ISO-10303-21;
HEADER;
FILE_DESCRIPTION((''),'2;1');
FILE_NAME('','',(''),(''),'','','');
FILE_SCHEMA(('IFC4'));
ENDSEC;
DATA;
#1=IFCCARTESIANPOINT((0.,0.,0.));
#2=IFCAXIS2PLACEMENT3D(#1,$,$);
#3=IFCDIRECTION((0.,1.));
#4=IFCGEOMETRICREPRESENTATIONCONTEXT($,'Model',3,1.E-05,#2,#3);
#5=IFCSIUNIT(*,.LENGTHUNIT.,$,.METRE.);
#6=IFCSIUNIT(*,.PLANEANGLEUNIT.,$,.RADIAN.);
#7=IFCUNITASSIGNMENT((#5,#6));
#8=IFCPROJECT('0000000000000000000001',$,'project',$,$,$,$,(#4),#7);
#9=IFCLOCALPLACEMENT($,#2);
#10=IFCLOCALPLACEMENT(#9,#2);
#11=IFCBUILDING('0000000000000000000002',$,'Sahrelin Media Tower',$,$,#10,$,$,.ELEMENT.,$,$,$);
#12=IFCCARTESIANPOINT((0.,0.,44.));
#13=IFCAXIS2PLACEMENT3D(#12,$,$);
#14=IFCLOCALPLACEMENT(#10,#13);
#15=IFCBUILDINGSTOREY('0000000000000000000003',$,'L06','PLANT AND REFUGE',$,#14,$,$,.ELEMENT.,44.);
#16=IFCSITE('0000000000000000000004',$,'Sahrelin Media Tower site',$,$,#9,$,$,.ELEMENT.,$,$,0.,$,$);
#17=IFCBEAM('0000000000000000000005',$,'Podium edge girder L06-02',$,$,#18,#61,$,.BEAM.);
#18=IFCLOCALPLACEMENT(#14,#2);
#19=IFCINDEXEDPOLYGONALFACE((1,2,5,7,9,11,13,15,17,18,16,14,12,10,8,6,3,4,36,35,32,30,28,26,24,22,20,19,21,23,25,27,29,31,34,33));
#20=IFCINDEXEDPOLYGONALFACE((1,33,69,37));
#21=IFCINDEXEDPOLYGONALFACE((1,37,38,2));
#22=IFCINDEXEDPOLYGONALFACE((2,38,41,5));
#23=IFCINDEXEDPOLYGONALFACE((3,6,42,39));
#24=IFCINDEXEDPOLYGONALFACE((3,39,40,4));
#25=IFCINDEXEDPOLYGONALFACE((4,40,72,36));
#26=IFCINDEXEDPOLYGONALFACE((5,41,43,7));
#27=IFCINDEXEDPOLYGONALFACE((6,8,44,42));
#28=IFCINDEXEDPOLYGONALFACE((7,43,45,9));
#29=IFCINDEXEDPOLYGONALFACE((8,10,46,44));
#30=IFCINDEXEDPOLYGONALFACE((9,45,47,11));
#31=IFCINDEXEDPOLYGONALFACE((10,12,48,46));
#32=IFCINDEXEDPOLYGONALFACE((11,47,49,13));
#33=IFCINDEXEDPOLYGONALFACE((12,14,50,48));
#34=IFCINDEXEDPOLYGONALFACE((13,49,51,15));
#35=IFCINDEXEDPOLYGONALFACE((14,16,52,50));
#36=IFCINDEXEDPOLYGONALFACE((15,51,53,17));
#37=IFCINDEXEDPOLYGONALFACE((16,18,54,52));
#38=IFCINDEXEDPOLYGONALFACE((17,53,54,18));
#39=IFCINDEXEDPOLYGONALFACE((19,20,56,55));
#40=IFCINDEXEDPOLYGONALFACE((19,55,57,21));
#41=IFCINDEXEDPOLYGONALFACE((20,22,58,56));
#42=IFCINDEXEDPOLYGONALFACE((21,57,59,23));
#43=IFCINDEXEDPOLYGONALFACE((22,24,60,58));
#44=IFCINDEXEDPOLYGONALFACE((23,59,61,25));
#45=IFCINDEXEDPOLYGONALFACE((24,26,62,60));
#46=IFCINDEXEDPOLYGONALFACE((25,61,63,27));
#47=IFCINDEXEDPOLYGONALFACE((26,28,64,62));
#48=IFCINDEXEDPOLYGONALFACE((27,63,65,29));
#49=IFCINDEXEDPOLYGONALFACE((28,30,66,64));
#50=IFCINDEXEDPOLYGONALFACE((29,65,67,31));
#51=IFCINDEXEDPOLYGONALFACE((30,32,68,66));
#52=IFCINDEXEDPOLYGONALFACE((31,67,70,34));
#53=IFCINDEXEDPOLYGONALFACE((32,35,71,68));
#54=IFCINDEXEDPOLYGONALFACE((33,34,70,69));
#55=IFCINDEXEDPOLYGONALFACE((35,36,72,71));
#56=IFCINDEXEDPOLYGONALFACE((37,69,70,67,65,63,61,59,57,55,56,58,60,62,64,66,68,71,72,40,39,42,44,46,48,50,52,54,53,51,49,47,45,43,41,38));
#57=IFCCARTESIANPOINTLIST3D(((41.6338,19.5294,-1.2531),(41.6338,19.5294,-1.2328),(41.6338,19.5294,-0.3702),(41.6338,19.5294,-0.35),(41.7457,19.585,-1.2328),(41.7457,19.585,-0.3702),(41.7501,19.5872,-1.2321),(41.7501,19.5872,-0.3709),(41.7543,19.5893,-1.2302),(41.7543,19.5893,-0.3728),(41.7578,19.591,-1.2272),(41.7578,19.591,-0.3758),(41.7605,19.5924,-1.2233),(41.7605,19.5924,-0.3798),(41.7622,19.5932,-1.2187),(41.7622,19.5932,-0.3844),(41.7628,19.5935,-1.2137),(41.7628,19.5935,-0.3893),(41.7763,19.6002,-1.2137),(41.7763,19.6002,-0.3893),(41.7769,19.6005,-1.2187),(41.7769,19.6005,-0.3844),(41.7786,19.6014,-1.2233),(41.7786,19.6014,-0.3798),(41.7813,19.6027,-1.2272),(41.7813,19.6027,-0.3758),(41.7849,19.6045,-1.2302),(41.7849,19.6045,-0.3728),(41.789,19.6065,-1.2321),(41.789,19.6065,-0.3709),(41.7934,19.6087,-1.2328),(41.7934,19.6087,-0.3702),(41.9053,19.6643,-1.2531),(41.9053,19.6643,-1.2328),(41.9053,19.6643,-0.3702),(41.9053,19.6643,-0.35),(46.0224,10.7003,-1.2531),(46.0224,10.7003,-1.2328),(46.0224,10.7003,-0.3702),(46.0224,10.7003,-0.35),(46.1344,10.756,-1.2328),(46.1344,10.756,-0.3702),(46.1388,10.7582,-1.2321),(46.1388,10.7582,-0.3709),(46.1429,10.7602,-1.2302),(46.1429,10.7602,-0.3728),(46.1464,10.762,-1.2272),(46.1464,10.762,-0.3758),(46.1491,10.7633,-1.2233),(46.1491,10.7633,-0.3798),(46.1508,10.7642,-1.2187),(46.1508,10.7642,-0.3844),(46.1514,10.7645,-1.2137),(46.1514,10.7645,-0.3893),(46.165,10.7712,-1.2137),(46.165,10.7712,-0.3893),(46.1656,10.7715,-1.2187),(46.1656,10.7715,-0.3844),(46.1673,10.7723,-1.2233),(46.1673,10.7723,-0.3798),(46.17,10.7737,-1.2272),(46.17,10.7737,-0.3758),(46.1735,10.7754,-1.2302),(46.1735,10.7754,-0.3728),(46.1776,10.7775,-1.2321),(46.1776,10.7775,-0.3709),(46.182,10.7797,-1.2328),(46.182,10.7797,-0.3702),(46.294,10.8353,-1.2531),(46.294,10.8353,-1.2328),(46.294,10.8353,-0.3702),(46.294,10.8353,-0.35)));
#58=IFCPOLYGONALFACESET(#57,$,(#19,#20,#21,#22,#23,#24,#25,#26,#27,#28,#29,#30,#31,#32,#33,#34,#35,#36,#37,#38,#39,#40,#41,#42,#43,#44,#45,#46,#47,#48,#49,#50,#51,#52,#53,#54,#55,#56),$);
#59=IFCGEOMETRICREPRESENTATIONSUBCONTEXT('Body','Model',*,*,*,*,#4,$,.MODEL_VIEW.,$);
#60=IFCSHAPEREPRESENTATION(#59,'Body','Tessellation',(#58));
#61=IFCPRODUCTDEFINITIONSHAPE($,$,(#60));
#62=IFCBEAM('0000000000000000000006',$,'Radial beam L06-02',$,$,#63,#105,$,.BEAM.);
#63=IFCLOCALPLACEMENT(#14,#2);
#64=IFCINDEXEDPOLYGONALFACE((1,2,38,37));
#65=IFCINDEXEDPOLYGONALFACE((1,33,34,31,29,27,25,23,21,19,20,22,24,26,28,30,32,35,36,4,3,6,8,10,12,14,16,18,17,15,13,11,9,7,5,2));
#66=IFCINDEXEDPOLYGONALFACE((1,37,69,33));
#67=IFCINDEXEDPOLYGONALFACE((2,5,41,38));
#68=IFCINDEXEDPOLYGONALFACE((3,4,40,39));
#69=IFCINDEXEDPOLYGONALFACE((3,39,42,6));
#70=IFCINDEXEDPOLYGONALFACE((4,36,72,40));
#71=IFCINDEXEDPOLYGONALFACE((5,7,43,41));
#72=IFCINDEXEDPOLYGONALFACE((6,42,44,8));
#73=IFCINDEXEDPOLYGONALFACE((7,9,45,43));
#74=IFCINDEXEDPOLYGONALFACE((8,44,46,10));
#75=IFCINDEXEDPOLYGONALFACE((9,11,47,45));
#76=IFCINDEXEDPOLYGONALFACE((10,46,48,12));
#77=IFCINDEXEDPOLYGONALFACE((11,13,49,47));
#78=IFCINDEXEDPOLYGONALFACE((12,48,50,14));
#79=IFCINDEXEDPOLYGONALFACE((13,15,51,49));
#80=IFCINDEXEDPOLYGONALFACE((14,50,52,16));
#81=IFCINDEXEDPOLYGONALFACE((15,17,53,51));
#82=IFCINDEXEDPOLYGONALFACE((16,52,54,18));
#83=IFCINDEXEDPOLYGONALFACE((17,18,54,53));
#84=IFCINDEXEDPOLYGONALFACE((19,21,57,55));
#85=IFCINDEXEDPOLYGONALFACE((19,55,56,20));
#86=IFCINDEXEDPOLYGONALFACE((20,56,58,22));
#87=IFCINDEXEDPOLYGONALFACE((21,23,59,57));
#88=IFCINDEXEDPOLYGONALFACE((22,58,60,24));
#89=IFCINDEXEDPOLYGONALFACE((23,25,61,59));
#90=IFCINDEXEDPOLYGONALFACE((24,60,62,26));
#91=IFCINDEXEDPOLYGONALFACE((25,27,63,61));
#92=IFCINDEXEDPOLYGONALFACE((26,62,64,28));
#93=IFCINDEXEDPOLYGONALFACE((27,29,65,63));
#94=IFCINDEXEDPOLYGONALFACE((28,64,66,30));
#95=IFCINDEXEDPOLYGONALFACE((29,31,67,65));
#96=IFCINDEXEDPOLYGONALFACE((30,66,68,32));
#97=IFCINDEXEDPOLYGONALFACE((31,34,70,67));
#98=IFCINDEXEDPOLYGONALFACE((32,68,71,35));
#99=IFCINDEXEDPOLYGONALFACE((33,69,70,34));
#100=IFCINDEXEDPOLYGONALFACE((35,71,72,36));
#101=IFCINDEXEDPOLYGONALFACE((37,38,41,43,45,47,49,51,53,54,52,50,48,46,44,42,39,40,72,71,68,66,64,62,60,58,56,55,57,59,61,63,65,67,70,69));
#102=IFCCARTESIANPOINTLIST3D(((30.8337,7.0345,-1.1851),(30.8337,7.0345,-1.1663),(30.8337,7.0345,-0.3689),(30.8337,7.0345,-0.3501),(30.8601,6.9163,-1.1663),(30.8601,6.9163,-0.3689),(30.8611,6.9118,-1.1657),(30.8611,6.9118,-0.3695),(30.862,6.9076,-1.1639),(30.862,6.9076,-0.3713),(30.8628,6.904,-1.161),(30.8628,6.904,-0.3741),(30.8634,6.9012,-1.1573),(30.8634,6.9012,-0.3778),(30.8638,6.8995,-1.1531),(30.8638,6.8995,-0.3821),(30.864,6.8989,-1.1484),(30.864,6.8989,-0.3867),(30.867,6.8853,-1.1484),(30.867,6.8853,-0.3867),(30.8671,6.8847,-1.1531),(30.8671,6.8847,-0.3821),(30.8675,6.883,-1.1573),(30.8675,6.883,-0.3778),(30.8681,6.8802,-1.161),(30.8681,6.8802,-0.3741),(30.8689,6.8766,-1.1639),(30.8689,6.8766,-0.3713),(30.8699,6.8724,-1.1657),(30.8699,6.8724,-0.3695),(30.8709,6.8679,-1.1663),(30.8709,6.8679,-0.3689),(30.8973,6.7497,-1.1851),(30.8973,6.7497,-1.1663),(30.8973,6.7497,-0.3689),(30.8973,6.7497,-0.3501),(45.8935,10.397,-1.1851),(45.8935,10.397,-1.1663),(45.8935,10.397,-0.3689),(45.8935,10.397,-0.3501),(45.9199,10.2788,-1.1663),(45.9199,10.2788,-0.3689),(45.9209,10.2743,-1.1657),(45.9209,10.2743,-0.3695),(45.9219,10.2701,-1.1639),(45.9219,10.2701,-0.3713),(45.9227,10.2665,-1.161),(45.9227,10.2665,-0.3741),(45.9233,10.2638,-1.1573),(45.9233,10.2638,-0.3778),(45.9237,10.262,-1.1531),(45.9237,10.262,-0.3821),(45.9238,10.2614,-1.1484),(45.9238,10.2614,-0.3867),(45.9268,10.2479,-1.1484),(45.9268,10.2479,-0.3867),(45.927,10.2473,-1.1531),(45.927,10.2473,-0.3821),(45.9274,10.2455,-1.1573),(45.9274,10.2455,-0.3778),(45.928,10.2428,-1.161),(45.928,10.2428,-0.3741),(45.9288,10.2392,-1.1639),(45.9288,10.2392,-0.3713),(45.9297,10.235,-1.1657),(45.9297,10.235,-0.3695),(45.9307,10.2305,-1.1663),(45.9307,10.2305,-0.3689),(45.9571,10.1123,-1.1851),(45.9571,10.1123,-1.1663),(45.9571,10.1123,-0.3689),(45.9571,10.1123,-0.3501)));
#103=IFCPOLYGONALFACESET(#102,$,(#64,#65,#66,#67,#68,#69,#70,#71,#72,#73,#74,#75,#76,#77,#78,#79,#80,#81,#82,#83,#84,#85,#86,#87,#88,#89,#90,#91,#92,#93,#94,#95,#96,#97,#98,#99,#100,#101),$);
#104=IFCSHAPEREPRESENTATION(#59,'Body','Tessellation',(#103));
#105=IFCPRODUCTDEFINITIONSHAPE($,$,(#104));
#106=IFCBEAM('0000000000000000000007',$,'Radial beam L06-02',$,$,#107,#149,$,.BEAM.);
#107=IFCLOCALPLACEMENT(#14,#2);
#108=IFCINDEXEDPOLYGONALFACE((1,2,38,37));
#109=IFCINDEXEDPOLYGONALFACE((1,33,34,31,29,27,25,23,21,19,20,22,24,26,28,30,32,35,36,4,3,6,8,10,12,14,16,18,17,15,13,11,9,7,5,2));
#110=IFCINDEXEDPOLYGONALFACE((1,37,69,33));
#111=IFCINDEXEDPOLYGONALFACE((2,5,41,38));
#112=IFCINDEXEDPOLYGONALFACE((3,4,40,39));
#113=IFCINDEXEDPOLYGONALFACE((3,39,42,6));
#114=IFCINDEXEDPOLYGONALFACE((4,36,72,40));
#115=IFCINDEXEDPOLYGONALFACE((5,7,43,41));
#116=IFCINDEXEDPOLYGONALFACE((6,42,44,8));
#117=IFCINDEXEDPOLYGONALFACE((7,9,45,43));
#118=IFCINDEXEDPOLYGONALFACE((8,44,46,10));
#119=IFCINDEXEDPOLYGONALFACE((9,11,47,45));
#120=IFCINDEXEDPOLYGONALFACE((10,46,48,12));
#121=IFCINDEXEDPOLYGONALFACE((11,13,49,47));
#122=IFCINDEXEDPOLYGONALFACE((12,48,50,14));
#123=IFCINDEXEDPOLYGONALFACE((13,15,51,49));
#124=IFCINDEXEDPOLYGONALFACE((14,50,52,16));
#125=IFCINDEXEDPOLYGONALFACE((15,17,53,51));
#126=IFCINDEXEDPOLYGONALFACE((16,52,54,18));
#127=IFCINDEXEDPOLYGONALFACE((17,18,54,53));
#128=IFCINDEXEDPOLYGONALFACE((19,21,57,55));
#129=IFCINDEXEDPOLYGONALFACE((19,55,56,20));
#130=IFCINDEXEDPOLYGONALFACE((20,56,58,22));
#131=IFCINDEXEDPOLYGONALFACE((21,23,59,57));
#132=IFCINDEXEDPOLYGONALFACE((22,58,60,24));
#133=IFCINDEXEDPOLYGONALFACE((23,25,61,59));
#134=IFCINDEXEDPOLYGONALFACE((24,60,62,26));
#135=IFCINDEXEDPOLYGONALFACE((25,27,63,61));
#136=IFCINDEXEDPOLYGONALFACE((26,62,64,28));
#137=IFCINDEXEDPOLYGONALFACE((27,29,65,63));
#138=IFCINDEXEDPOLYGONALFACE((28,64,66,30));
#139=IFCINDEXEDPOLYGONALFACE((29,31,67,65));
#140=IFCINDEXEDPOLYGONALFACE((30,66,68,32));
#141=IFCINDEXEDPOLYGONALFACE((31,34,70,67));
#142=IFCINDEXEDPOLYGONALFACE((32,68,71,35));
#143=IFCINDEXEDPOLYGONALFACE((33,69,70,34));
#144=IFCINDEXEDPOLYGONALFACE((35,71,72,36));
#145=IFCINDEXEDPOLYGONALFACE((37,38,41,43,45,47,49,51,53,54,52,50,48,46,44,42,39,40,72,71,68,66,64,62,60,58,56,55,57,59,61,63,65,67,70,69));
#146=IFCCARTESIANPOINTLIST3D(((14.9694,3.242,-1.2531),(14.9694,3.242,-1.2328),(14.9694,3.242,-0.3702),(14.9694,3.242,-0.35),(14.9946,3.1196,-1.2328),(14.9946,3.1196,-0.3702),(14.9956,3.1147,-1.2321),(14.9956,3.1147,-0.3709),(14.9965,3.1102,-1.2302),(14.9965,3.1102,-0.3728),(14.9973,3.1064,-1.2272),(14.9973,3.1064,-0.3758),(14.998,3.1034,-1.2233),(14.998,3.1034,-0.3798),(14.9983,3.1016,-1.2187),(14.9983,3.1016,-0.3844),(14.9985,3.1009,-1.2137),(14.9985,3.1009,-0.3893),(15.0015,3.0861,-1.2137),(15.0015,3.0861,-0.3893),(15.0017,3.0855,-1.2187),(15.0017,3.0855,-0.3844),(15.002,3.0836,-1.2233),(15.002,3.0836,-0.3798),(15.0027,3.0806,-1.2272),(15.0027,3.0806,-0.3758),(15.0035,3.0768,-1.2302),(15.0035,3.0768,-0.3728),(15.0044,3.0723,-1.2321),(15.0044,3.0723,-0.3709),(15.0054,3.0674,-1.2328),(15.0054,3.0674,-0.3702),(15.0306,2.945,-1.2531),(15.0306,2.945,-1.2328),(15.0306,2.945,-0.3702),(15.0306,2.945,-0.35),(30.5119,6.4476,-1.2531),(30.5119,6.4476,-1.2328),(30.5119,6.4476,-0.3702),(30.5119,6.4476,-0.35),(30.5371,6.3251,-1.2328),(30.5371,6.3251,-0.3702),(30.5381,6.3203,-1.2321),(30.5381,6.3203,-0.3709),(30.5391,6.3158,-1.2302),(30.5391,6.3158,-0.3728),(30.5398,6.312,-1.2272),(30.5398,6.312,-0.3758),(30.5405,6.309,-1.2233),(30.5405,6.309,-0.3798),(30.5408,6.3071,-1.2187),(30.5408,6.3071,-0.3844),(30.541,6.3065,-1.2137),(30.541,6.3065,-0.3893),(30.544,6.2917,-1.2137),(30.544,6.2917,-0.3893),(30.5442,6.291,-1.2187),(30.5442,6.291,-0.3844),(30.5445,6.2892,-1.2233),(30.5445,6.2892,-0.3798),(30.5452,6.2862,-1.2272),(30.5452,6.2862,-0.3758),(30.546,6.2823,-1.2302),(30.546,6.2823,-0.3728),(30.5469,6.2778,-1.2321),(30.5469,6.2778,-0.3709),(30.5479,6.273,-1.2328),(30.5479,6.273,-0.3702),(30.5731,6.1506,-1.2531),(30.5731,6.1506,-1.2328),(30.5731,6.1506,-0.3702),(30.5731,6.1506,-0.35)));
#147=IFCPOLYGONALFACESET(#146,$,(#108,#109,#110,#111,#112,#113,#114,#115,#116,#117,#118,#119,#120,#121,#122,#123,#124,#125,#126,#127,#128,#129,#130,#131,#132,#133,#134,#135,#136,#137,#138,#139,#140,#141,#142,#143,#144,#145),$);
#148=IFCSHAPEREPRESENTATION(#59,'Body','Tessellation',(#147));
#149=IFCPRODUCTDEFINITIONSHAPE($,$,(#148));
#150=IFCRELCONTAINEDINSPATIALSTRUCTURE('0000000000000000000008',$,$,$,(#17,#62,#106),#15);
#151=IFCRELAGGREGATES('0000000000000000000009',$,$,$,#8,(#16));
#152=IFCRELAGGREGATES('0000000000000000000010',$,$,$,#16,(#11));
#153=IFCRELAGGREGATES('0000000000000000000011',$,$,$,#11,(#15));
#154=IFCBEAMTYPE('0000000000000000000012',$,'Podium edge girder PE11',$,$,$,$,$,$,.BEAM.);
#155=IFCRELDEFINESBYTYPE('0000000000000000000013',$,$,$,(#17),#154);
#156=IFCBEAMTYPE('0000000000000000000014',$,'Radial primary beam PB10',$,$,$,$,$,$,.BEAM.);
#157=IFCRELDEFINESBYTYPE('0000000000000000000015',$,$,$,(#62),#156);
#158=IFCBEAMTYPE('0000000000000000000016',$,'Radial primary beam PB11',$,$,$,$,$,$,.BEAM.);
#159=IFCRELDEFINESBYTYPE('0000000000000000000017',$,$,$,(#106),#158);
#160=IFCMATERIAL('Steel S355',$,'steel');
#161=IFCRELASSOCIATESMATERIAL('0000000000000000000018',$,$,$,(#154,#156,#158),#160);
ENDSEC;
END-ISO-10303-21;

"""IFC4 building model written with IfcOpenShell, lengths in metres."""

from ifc_helpers import new_model, si_unit, direction, frame, origin, origin_2d, place, context, subcontext, project, spatial, i_section, extrude, material, material_profile, profile_set, type_object, element, save


model = new_model("IFC4")

# Units and contexts
model_context = context("Model", 3, precision=1e-05, world=origin(), true_north=direction((0.0, 1.0)))
body_context = subcontext(model_context, "Body", "Model", "MODEL_VIEW")
ifc_project = project(units=[si_unit("LENGTHUNIT", "METRE"), si_unit("PLANEANGLEUNIT", "RADIAN")], contexts=[model_context])

# Site, building, storey
site_placement = place(None, origin())
site = spatial("IfcSite", under=ifc_project, at=site_placement, Name="Sahrelin Media Tower site", CompositionType="ELEMENT", RefElevation=0.0)
building_placement = place(site_placement, origin())
building = spatial("IfcBuilding", under=site, at=building_placement, Name="Sahrelin Media Tower", CompositionType="ELEMENT")
storey_placement = place(building_placement, frame((0.0, 0.0, 44.0)))
storey = spatial("IfcBuildingStorey", under=building, at=storey_placement, Name="L06", Description="PLANT AND REFUGE", CompositionType="ELEMENT", Elevation=44.0)

# Beams
ifc_material_1 = material(Name="Steel S355", Category="steel")
ifc_material_profile_1 = material_profile(ifc_material_1, i_section(OverallWidth=0.3032, OverallDepth=0.9031, WebThickness=0.0151, FlangeThickness=0.0203, FilletRadius=0.019, at=origin_2d()), Name="UB 914x305x201")
ifc_profile_set_1 = profile_set([ifc_material_profile_1], Name="Steel S355")
beam_type_1 = type_object("IfcBeamType", Name="Podium edge girder PE11", PredefinedType="BEAM", material=ifc_profile_set_1)
beam_1_placement = place(storey_placement, frame((46.1582, 10.7678, -0.8015), z_axis=(-0.445113, 0.895475, 0.0), x_axis=(-0.895475, -0.445113, 0.0)))
element("IfcBeam", 1, at=beam_1_placement, inside=storey, type_object=beam_type_1, Name="Podium edge girder L06-02", PredefinedType="BEAM", context=body_context, shape_type="SweptSolid", body=[
    extrude(i_section(OverallWidth=0.3032, OverallDepth=0.9031, WebThickness=0.0151, FlangeThickness=0.0203, FilletRadius=0.019, at=origin_2d()), origin(), (0.0, 0.0, 1.0), 9.8596),
])
ifc_material_profile_2 = material_profile(ifc_material_1, i_section(OverallWidth=0.2917, OverallDepth=0.835, WebThickness=0.0139, FlangeThickness=0.0188, FilletRadius=0.0178, at=origin_2d()), Name="UB 838x292x176")
ifc_profile_set_2 = profile_set([ifc_material_profile_2], Name="Steel S355")
beam_type_2 = type_object("IfcBeamType", Name="Radial primary beam PB10", PredefinedType="BEAM", material=ifc_profile_set_2)
beam_2_placement = place(storey_placement, frame((30.8655, 6.8921, -0.7676), z_axis=(0.975968, 0.217914, 0.0), x_axis=(-0.217914, 0.975968, 0.0)))
element("IfcBeam", 2, at=beam_2_placement, inside=storey, type_object=beam_type_2, Name="Radial beam L06-02", PredefinedType="BEAM", context=body_context, shape_type="SweptSolid", body=[
    extrude(i_section(OverallWidth=0.2917, OverallDepth=0.835, WebThickness=0.0139, FlangeThickness=0.0188, FilletRadius=0.0178, at=origin_2d()), origin(), (0.0, 0.0, 1.0), 15.4307),
])
ifc_material_profile_3 = material_profile(ifc_material_1, i_section(OverallWidth=0.3032, OverallDepth=0.9031, WebThickness=0.0151, FlangeThickness=0.0203, FilletRadius=0.019, at=origin_2d()), Name="UB 914x305x201")
ifc_profile_set_3 = profile_set([ifc_material_profile_3], Name="Steel S355")
beam_type_3 = type_object("IfcBeamType", Name="Radial primary beam PB11", PredefinedType="BEAM", material=ifc_profile_set_3)
beam_3_placement = place(storey_placement, frame((15.0, 3.0935, -0.8015), z_axis=(0.979387, 0.201994, 0.0), x_axis=(-0.201994, 0.979387, 0.0)))
element("IfcBeam", 3, at=beam_3_placement, inside=storey, type_object=beam_type_3, Name="Radial beam L06-02", PredefinedType="BEAM", context=body_context, shape_type="SweptSolid", body=[
    extrude(i_section(OverallWidth=0.3032, OverallDepth=0.9031, WebThickness=0.0151, FlangeThickness=0.0203, FilletRadius=0.019, at=origin_2d()), origin(), (0.0, 0.0, 1.0), 15.8696),
])

save(model, "model.ifc")
